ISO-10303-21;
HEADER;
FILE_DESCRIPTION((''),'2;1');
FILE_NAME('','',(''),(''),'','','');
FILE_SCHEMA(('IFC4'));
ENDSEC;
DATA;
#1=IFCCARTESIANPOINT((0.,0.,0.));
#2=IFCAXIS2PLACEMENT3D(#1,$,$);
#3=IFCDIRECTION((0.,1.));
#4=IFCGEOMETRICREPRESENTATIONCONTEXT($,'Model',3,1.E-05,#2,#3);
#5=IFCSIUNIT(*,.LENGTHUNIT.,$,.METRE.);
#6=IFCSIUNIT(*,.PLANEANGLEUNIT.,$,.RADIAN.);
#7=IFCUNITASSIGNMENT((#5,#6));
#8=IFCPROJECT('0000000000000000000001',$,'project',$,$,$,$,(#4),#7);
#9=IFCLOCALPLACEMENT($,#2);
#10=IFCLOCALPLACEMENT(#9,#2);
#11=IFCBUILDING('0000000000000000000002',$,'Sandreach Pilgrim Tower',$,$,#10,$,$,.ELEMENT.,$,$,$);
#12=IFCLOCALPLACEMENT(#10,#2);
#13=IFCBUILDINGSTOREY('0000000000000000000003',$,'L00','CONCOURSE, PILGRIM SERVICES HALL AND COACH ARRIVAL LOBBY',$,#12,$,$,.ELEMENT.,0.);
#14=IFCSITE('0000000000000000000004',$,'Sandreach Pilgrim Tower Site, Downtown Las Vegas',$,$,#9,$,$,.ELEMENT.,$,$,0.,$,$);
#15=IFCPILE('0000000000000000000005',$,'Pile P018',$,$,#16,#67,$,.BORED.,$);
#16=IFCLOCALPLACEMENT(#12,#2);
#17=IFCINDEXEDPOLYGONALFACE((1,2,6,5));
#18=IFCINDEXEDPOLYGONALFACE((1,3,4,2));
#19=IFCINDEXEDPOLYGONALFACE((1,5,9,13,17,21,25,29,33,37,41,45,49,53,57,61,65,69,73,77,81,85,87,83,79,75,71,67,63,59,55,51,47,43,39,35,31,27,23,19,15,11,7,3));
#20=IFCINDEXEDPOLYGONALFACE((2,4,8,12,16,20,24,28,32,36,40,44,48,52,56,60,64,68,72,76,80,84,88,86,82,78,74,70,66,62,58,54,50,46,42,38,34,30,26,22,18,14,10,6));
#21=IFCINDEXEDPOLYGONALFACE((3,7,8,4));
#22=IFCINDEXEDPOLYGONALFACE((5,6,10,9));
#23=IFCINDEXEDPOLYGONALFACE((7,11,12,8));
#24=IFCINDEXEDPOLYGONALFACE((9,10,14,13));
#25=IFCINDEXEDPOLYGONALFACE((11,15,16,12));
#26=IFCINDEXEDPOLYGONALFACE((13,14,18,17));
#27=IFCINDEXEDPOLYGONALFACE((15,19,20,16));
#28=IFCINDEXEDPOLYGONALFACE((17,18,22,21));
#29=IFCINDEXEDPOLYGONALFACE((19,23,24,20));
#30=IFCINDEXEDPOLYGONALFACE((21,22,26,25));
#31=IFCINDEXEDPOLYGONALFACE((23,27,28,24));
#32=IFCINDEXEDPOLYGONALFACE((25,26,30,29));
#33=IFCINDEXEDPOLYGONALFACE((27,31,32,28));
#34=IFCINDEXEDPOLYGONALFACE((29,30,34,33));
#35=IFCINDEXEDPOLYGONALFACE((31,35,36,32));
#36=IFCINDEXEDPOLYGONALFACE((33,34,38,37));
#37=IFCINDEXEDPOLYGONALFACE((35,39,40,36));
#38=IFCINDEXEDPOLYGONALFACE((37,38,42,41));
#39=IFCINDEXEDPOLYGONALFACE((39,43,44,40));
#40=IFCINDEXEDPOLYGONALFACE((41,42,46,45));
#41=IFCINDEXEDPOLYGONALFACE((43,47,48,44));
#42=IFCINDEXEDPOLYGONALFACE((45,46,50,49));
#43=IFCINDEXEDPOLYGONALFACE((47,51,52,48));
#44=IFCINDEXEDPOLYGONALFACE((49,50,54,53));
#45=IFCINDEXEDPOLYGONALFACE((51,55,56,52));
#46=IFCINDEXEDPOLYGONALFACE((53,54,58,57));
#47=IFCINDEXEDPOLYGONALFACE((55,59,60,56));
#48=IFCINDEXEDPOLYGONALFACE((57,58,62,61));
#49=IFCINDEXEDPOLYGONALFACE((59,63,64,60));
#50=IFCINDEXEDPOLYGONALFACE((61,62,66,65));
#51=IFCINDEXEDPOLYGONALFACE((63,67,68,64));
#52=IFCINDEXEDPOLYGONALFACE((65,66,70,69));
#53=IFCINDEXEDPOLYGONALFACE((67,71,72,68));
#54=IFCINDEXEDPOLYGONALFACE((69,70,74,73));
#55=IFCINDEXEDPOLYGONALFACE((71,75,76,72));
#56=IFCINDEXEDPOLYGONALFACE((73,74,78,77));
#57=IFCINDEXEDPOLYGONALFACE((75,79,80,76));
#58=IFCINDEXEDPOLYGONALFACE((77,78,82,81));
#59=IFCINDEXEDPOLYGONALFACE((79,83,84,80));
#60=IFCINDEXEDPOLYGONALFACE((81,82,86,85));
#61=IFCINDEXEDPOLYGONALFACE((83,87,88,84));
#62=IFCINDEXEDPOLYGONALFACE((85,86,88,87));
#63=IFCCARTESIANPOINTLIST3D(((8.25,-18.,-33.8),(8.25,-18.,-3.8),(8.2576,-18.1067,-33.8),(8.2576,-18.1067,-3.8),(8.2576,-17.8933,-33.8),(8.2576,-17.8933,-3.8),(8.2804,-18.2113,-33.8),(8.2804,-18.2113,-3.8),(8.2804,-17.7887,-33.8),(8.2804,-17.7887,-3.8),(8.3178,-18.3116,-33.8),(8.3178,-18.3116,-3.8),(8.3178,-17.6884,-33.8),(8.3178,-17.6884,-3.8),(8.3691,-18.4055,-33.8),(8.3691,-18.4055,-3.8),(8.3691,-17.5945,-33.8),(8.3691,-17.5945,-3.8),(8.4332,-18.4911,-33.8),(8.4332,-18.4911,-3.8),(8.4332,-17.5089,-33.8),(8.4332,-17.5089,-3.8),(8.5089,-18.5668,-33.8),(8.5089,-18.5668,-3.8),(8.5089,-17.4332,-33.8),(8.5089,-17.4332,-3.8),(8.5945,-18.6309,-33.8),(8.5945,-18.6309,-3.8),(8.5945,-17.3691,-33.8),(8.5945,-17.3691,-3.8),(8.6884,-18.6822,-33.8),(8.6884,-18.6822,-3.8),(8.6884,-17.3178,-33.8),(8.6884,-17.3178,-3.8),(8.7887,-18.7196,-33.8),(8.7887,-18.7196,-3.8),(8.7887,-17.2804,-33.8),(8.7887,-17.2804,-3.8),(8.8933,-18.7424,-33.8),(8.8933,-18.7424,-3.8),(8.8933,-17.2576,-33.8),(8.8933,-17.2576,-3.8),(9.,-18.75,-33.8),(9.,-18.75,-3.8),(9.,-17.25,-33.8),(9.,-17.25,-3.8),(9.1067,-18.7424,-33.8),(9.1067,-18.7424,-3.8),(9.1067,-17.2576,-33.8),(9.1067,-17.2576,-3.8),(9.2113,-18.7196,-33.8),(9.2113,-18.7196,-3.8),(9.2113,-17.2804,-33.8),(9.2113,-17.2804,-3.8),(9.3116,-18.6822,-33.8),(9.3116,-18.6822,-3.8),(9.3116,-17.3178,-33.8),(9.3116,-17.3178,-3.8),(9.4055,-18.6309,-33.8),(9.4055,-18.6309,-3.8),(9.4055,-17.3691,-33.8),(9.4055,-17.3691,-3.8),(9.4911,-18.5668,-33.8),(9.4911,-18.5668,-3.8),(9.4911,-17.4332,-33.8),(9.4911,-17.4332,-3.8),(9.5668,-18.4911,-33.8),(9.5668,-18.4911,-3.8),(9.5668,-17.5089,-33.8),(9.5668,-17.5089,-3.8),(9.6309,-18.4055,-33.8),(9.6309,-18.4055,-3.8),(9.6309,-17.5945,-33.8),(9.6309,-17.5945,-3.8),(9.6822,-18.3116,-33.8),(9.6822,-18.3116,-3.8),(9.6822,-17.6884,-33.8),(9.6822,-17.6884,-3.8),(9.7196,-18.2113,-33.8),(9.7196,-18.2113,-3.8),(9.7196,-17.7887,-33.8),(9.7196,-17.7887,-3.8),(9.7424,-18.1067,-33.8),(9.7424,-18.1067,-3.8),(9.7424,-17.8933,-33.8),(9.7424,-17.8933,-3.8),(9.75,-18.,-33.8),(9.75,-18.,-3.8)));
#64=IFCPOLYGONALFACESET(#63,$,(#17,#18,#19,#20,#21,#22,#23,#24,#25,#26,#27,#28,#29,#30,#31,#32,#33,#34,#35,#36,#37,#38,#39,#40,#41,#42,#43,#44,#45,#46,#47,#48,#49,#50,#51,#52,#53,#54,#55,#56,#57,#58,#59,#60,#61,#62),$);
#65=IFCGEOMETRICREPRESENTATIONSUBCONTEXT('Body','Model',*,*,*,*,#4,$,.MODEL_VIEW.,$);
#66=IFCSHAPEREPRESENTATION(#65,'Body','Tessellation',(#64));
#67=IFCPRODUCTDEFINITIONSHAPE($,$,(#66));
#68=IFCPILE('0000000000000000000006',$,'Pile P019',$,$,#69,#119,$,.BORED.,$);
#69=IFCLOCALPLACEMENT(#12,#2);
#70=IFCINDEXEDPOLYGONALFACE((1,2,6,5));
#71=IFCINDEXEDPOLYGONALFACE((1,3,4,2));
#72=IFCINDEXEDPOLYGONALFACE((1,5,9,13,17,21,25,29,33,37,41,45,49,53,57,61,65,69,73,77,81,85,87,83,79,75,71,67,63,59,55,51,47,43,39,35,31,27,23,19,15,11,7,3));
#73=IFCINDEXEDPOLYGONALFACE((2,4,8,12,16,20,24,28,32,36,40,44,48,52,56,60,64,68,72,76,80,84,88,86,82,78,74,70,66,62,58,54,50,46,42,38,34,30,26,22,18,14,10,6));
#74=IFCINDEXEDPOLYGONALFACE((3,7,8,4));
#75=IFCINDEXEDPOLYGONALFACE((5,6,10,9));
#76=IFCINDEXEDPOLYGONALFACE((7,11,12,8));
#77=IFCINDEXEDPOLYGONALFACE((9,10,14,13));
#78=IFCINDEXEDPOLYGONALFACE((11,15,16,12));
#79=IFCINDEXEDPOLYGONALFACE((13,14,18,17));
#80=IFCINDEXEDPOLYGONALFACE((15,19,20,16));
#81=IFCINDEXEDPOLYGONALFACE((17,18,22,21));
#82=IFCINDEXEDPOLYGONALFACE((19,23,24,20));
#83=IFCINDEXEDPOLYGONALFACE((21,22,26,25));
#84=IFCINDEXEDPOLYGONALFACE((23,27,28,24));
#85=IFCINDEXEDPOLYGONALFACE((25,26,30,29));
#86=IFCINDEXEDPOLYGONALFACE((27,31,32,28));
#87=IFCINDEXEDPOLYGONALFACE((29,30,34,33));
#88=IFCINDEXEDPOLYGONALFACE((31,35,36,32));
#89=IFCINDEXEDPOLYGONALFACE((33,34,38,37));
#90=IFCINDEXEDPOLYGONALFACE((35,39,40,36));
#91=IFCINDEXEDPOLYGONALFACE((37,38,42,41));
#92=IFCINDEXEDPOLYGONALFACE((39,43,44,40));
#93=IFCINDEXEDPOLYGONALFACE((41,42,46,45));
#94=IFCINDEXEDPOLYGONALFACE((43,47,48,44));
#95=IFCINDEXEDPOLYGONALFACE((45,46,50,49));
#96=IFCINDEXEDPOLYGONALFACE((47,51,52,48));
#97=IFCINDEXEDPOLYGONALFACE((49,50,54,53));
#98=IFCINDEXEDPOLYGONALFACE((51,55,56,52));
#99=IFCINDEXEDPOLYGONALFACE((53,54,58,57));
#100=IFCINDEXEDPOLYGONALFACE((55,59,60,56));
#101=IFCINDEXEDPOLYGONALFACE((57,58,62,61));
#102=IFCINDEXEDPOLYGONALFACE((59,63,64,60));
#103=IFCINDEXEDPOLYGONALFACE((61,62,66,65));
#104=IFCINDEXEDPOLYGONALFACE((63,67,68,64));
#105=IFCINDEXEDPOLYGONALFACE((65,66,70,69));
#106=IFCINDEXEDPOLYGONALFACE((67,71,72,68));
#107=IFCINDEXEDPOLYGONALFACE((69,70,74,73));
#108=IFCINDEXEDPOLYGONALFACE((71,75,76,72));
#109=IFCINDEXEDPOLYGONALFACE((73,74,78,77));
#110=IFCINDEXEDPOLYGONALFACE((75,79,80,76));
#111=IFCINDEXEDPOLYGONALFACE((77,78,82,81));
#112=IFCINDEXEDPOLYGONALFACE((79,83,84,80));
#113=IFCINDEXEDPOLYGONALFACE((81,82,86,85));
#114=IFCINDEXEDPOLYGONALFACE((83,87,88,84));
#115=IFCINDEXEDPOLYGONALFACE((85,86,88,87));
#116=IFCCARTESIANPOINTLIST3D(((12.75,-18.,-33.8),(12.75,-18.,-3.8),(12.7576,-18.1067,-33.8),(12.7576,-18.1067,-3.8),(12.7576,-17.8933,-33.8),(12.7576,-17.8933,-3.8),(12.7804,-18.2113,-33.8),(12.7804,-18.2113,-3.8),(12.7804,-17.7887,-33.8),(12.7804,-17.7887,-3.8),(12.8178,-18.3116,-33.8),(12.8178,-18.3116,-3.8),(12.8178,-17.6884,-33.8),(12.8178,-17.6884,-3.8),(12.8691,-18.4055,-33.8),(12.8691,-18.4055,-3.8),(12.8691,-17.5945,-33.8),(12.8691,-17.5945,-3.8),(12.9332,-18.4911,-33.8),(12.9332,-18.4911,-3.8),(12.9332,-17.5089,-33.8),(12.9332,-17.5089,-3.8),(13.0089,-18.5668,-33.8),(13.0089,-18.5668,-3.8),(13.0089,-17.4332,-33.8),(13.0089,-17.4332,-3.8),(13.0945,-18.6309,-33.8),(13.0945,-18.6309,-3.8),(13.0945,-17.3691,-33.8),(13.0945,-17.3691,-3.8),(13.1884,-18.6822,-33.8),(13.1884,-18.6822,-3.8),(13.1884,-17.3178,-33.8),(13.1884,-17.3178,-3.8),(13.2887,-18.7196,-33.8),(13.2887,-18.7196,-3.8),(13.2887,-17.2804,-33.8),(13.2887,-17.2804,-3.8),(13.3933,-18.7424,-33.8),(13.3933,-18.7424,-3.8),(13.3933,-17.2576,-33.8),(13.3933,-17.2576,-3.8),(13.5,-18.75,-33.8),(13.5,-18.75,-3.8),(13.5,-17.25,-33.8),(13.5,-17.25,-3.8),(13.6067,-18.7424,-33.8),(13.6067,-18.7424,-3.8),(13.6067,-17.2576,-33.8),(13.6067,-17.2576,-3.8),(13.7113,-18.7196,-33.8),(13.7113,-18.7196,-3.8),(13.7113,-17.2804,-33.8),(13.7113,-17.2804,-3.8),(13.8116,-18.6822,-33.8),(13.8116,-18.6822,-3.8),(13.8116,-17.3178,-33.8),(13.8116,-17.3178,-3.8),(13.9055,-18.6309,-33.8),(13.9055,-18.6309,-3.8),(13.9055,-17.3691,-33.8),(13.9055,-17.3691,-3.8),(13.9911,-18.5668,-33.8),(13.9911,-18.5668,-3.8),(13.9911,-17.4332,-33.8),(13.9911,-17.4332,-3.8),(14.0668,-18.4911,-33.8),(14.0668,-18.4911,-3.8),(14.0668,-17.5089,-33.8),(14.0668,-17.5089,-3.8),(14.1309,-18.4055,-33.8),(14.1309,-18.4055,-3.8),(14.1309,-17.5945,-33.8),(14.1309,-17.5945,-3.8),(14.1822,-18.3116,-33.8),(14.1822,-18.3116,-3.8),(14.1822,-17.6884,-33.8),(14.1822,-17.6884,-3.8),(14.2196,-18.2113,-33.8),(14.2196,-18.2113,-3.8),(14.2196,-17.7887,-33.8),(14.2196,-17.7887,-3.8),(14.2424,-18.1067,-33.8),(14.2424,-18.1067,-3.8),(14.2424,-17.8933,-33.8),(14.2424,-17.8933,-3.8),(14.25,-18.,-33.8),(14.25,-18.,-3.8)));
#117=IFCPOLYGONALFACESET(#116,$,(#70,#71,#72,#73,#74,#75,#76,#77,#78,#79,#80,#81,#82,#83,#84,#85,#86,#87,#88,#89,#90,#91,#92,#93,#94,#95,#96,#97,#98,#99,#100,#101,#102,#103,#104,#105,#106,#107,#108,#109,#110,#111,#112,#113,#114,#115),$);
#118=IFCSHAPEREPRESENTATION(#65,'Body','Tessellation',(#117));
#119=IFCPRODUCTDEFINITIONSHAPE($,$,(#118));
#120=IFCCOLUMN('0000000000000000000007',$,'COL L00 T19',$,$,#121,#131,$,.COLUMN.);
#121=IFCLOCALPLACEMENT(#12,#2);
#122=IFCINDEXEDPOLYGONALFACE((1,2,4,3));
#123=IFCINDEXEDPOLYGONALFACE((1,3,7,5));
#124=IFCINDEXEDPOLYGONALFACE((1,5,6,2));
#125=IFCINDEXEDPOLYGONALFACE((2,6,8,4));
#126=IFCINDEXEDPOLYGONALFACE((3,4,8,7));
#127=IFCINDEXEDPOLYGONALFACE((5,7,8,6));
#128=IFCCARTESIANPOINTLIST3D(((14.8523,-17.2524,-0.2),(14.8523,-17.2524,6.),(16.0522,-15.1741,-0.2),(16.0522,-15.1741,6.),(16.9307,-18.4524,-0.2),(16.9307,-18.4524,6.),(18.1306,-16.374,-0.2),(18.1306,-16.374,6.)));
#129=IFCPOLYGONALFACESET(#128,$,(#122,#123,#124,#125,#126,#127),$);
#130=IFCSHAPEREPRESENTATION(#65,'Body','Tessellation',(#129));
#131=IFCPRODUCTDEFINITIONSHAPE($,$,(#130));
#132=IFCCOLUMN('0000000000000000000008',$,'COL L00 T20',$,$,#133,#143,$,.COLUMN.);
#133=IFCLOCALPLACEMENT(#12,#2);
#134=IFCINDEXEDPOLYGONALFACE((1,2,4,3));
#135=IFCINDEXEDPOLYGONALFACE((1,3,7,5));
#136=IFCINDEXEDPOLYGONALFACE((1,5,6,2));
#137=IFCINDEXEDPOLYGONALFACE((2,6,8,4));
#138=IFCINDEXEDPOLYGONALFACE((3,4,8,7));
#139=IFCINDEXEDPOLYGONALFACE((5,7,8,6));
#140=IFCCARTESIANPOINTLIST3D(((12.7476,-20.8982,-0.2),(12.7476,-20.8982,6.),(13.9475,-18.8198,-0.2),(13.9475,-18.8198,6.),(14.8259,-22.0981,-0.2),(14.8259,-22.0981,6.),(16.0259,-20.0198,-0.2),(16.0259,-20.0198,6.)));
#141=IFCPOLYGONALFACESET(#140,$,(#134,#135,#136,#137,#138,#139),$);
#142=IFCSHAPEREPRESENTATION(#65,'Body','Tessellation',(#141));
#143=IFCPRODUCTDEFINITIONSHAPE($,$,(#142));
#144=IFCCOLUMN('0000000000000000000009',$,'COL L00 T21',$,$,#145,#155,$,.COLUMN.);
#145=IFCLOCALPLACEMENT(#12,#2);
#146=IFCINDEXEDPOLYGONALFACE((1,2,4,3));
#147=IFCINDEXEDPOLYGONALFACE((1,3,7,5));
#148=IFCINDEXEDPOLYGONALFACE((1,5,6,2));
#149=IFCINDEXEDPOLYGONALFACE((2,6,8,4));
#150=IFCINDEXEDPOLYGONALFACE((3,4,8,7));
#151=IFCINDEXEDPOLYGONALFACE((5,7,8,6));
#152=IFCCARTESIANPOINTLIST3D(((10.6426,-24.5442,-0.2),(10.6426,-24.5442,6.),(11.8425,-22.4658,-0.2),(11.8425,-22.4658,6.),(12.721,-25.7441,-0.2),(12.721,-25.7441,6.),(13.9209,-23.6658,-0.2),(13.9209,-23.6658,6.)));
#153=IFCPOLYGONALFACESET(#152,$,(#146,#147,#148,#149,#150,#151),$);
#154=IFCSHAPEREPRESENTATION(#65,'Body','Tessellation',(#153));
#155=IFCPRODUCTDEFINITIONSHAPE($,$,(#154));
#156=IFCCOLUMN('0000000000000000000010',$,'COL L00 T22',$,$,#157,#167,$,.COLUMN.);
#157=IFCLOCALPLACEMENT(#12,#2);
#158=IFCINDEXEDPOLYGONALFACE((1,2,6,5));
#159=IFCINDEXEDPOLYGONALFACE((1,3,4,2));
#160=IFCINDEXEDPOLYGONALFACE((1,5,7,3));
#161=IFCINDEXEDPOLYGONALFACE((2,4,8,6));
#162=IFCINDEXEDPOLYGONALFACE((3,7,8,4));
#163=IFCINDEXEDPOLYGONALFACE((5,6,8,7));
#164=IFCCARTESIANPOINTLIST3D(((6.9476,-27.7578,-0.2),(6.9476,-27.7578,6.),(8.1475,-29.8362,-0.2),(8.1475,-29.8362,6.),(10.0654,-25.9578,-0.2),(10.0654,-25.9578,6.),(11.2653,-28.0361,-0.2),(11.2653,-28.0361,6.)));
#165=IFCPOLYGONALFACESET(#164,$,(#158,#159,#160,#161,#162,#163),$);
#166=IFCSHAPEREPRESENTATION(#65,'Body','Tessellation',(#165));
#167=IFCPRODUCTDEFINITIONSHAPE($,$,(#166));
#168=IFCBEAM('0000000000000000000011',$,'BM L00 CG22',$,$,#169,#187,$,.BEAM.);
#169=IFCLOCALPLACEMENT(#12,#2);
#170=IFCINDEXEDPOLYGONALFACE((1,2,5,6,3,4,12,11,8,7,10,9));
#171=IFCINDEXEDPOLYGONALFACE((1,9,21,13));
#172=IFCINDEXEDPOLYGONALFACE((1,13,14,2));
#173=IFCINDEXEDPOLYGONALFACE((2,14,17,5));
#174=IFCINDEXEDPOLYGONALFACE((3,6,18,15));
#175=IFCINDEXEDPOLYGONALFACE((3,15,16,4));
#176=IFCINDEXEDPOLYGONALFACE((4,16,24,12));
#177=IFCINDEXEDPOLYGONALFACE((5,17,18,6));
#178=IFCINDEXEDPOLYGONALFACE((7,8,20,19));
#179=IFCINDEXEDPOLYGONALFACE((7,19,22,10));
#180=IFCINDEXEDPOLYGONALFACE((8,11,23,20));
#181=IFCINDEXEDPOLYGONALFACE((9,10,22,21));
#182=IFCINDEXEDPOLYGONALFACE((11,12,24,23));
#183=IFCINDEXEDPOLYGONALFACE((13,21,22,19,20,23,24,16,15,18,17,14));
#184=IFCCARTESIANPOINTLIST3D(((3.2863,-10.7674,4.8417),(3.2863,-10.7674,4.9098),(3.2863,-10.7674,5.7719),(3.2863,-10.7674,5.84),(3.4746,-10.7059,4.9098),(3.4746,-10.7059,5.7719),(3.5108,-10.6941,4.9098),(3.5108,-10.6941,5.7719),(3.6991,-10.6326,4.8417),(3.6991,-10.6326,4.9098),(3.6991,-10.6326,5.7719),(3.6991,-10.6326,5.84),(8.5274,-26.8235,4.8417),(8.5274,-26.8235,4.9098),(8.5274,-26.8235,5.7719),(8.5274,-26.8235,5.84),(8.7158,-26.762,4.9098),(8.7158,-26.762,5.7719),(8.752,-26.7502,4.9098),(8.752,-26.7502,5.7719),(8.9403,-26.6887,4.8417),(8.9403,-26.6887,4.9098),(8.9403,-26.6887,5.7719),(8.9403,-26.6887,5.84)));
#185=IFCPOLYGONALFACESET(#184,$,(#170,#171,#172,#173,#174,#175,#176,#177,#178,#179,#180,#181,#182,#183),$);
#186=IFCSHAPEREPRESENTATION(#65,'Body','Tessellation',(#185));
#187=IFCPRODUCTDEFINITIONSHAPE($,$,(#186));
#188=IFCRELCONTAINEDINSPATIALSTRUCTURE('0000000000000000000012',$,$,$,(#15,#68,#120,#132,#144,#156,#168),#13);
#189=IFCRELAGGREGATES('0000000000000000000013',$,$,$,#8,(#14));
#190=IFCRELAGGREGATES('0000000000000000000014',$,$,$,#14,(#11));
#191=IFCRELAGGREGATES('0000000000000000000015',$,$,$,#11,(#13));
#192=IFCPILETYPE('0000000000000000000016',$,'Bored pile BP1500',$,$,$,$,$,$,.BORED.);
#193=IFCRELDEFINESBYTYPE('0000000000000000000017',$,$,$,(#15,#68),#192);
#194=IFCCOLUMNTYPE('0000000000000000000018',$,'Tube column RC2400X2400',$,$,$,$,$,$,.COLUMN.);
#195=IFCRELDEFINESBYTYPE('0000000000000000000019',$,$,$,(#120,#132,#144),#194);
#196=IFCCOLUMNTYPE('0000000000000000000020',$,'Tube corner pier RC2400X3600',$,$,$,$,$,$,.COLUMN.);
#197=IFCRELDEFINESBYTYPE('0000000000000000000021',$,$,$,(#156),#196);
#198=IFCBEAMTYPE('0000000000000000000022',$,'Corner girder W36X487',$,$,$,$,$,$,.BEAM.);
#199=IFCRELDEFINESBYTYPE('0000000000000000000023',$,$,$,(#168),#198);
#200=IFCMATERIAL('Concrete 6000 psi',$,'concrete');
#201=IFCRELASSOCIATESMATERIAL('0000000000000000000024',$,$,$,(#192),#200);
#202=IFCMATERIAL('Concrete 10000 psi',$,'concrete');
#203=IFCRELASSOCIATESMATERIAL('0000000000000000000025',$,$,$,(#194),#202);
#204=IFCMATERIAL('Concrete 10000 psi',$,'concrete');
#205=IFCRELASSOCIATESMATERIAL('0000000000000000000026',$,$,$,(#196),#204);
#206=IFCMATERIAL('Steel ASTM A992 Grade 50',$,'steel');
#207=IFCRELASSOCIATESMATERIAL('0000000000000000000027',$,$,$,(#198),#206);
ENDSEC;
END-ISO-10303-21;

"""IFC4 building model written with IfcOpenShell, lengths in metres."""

from ifc_helpers import new_model, si_unit, direction, frame, origin, origin_2d, place, context, subcontext, project, spatial, rectangle, circle, i_section, extrude, material, material_profile, profile_set, type_object, element, save


model = new_model("IFC4")

# Units and contexts
model_context = context("Model", 3, precision=1e-05, world=origin(), true_north=direction((0.0, 1.0)))
body_context = subcontext(model_context, "Body", "Model", "MODEL_VIEW")
ifc_project = project(units=[si_unit("LENGTHUNIT", "METRE"), si_unit("PLANEANGLEUNIT", "RADIAN")], contexts=[model_context])

# Site, building, storey
site_placement = place(None, origin())
site = spatial("IfcSite", under=ifc_project, at=site_placement, Name="Sandreach Pilgrim Tower Site, Downtown Las Vegas", CompositionType="ELEMENT", RefElevation=0.0)
building_placement = place(site_placement, origin())
building = spatial("IfcBuilding", under=site, at=building_placement, Name="Sandreach Pilgrim Tower", CompositionType="ELEMENT")
storey_placement = place(building_placement, origin())
storey = spatial("IfcBuildingStorey", under=building, at=storey_placement, Name="L00", Description="CONCOURSE, PILGRIM SERVICES HALL AND COACH ARRIVAL LOBBY", CompositionType="ELEMENT", Elevation=0.0)

# Piles
ifc_material_1 = material(Name="Concrete 6000 psi", Category="concrete")
ifc_material_profile_1 = material_profile(ifc_material_1, circle(Radius=0.75, at=origin_2d()), Name="BP1500")
ifc_profile_set_1 = profile_set([ifc_material_profile_1], Name="Concrete 6000 psi")
pile_type = type_object("IfcPileType", Name="Bored pile BP1500", PredefinedType="BORED", material=ifc_profile_set_1)
for number, where, z_axis, x_axis, name in (
    (1, (9.0, -18.0, -3.8), (0.0, 0.0, -1.0), (1.0, 0.0, 0.0), "Pile P018"),
    (2, (13.5, -18.0, -3.8), (0.0, 0.0, -1.0), (1.0, 0.0, 0.0), "Pile P019"),
):
    element("IfcPile", number, at=place(storey_placement, frame(where, z_axis=z_axis, x_axis=x_axis)), inside=storey, type_object=pile_type, Name=name, PredefinedType="BORED", context=body_context, shape_type="SweptSolid", body=[
        extrude(circle(Radius=0.75, at=origin_2d()), origin(), (0.0, 0.0, 1.0), 30.0),
    ])

# Columns
ifc_material_2 = material(Name="Concrete 10000 psi", Category="concrete")
ifc_material_profile_2 = material_profile(ifc_material_2, rectangle(XDim=2.3999, YDim=2.3999, at=origin_2d()), Name="RC2400X2400")
ifc_profile_set_2 = profile_set([ifc_material_profile_2], Name="Concrete 10000 psi")
column_type_1 = type_object("IfcColumnType", Name="Tube column RC2400X2400", PredefinedType="COLUMN", material=ifc_profile_set_2)
for number, where, z_axis, x_axis, name in (
    (3, (16.4915, -16.8132, -0.2), (0.0, 0.0, 1.0), (0.866025, -0.5, 0.0), "COL L00 T19"),
    (4, (14.3867, -20.459, -0.2), (0.0, 0.0, 1.0), (0.866025, -0.5, 0.0), "COL L00 T20"),
    (5, (12.2817, -24.105, -0.2), (0.0, 0.0, 1.0), (0.866025, -0.5, 0.0), "COL L00 T21"),
):
    element("IfcColumn", number, at=place(storey_placement, frame(where, z_axis=z_axis, x_axis=x_axis)), inside=storey, type_object=column_type_1, Name=name, PredefinedType="COLUMN", context=body_context, shape_type="SweptSolid", body=[
        extrude(rectangle(XDim=2.3999, YDim=2.3999, at=origin_2d()), origin(), (0.0, 0.0, 1.0), 6.2),
    ])
ifc_material_3 = material(Name="Concrete 10000 psi", Category="concrete")
ifc_material_profile_3 = material_profile(ifc_material_3, rectangle(XDim=2.3999, YDim=3.6001, at=origin_2d()), Name="RC2400X3600")
ifc_profile_set_3 = profile_set([ifc_material_profile_3], Name="Concrete 10000 psi")
column_type_2 = type_object("IfcColumnType", Name="Tube corner pier RC2400X3600", PredefinedType="COLUMN", material=ifc_profile_set_3)
column_placement = place(storey_placement, frame((9.1064, -27.897, -0.2), z_axis=(0.0, 0.0, 1.0), x_axis=(0.5, -0.866025, 0.0)))
element("IfcColumn", 6, at=column_placement, inside=storey, type_object=column_type_2, Name="COL L00 T22", PredefinedType="COLUMN", context=body_context, shape_type="SweptSolid", body=[
    extrude(rectangle(XDim=2.3999, YDim=3.6001, at=origin_2d()), origin(), (0.0, 0.0, 1.0), 6.2),
])

# Beam
ifc_material_4 = material(Name="Steel ASTM A992 Grade 50", Category="steel")
ifc_material_profile_4 = material_profile(ifc_material_4, i_section(OverallWidth=0.4343, OverallDepth=0.9983, WebThickness=0.0381, FlangeThickness=0.0681, at=origin_2d()), Name="W36X487")
ifc_profile_set_4 = profile_set([ifc_material_profile_4], Name="Steel ASTM A992 Grade 50")
beam_type_1 = type_object("IfcBeamType", Name="Corner girder W36X487", PredefinedType="BEAM", material=ifc_profile_set_4)
beam_1_placement = place(storey_placement, frame((8.7339, -26.7561, 5.3408), z_axis=(-0.310315, 0.950634, 0.0), x_axis=(-0.950634, -0.310315, 0.0)))
element("IfcBeam", 7, at=beam_1_placement, inside=storey, type_object=beam_type_1, Name="BM L00 CG22", PredefinedType="BEAM", context=body_context, shape_type="SweptSolid", body=[
    extrude(i_section(OverallWidth=0.4343, OverallDepth=0.9983, WebThickness=0.0381, FlangeThickness=0.0681, at=origin_2d()), origin(), (0.0, 0.0, 1.0), 16.8899),
])

save(model, "model.ifc")
